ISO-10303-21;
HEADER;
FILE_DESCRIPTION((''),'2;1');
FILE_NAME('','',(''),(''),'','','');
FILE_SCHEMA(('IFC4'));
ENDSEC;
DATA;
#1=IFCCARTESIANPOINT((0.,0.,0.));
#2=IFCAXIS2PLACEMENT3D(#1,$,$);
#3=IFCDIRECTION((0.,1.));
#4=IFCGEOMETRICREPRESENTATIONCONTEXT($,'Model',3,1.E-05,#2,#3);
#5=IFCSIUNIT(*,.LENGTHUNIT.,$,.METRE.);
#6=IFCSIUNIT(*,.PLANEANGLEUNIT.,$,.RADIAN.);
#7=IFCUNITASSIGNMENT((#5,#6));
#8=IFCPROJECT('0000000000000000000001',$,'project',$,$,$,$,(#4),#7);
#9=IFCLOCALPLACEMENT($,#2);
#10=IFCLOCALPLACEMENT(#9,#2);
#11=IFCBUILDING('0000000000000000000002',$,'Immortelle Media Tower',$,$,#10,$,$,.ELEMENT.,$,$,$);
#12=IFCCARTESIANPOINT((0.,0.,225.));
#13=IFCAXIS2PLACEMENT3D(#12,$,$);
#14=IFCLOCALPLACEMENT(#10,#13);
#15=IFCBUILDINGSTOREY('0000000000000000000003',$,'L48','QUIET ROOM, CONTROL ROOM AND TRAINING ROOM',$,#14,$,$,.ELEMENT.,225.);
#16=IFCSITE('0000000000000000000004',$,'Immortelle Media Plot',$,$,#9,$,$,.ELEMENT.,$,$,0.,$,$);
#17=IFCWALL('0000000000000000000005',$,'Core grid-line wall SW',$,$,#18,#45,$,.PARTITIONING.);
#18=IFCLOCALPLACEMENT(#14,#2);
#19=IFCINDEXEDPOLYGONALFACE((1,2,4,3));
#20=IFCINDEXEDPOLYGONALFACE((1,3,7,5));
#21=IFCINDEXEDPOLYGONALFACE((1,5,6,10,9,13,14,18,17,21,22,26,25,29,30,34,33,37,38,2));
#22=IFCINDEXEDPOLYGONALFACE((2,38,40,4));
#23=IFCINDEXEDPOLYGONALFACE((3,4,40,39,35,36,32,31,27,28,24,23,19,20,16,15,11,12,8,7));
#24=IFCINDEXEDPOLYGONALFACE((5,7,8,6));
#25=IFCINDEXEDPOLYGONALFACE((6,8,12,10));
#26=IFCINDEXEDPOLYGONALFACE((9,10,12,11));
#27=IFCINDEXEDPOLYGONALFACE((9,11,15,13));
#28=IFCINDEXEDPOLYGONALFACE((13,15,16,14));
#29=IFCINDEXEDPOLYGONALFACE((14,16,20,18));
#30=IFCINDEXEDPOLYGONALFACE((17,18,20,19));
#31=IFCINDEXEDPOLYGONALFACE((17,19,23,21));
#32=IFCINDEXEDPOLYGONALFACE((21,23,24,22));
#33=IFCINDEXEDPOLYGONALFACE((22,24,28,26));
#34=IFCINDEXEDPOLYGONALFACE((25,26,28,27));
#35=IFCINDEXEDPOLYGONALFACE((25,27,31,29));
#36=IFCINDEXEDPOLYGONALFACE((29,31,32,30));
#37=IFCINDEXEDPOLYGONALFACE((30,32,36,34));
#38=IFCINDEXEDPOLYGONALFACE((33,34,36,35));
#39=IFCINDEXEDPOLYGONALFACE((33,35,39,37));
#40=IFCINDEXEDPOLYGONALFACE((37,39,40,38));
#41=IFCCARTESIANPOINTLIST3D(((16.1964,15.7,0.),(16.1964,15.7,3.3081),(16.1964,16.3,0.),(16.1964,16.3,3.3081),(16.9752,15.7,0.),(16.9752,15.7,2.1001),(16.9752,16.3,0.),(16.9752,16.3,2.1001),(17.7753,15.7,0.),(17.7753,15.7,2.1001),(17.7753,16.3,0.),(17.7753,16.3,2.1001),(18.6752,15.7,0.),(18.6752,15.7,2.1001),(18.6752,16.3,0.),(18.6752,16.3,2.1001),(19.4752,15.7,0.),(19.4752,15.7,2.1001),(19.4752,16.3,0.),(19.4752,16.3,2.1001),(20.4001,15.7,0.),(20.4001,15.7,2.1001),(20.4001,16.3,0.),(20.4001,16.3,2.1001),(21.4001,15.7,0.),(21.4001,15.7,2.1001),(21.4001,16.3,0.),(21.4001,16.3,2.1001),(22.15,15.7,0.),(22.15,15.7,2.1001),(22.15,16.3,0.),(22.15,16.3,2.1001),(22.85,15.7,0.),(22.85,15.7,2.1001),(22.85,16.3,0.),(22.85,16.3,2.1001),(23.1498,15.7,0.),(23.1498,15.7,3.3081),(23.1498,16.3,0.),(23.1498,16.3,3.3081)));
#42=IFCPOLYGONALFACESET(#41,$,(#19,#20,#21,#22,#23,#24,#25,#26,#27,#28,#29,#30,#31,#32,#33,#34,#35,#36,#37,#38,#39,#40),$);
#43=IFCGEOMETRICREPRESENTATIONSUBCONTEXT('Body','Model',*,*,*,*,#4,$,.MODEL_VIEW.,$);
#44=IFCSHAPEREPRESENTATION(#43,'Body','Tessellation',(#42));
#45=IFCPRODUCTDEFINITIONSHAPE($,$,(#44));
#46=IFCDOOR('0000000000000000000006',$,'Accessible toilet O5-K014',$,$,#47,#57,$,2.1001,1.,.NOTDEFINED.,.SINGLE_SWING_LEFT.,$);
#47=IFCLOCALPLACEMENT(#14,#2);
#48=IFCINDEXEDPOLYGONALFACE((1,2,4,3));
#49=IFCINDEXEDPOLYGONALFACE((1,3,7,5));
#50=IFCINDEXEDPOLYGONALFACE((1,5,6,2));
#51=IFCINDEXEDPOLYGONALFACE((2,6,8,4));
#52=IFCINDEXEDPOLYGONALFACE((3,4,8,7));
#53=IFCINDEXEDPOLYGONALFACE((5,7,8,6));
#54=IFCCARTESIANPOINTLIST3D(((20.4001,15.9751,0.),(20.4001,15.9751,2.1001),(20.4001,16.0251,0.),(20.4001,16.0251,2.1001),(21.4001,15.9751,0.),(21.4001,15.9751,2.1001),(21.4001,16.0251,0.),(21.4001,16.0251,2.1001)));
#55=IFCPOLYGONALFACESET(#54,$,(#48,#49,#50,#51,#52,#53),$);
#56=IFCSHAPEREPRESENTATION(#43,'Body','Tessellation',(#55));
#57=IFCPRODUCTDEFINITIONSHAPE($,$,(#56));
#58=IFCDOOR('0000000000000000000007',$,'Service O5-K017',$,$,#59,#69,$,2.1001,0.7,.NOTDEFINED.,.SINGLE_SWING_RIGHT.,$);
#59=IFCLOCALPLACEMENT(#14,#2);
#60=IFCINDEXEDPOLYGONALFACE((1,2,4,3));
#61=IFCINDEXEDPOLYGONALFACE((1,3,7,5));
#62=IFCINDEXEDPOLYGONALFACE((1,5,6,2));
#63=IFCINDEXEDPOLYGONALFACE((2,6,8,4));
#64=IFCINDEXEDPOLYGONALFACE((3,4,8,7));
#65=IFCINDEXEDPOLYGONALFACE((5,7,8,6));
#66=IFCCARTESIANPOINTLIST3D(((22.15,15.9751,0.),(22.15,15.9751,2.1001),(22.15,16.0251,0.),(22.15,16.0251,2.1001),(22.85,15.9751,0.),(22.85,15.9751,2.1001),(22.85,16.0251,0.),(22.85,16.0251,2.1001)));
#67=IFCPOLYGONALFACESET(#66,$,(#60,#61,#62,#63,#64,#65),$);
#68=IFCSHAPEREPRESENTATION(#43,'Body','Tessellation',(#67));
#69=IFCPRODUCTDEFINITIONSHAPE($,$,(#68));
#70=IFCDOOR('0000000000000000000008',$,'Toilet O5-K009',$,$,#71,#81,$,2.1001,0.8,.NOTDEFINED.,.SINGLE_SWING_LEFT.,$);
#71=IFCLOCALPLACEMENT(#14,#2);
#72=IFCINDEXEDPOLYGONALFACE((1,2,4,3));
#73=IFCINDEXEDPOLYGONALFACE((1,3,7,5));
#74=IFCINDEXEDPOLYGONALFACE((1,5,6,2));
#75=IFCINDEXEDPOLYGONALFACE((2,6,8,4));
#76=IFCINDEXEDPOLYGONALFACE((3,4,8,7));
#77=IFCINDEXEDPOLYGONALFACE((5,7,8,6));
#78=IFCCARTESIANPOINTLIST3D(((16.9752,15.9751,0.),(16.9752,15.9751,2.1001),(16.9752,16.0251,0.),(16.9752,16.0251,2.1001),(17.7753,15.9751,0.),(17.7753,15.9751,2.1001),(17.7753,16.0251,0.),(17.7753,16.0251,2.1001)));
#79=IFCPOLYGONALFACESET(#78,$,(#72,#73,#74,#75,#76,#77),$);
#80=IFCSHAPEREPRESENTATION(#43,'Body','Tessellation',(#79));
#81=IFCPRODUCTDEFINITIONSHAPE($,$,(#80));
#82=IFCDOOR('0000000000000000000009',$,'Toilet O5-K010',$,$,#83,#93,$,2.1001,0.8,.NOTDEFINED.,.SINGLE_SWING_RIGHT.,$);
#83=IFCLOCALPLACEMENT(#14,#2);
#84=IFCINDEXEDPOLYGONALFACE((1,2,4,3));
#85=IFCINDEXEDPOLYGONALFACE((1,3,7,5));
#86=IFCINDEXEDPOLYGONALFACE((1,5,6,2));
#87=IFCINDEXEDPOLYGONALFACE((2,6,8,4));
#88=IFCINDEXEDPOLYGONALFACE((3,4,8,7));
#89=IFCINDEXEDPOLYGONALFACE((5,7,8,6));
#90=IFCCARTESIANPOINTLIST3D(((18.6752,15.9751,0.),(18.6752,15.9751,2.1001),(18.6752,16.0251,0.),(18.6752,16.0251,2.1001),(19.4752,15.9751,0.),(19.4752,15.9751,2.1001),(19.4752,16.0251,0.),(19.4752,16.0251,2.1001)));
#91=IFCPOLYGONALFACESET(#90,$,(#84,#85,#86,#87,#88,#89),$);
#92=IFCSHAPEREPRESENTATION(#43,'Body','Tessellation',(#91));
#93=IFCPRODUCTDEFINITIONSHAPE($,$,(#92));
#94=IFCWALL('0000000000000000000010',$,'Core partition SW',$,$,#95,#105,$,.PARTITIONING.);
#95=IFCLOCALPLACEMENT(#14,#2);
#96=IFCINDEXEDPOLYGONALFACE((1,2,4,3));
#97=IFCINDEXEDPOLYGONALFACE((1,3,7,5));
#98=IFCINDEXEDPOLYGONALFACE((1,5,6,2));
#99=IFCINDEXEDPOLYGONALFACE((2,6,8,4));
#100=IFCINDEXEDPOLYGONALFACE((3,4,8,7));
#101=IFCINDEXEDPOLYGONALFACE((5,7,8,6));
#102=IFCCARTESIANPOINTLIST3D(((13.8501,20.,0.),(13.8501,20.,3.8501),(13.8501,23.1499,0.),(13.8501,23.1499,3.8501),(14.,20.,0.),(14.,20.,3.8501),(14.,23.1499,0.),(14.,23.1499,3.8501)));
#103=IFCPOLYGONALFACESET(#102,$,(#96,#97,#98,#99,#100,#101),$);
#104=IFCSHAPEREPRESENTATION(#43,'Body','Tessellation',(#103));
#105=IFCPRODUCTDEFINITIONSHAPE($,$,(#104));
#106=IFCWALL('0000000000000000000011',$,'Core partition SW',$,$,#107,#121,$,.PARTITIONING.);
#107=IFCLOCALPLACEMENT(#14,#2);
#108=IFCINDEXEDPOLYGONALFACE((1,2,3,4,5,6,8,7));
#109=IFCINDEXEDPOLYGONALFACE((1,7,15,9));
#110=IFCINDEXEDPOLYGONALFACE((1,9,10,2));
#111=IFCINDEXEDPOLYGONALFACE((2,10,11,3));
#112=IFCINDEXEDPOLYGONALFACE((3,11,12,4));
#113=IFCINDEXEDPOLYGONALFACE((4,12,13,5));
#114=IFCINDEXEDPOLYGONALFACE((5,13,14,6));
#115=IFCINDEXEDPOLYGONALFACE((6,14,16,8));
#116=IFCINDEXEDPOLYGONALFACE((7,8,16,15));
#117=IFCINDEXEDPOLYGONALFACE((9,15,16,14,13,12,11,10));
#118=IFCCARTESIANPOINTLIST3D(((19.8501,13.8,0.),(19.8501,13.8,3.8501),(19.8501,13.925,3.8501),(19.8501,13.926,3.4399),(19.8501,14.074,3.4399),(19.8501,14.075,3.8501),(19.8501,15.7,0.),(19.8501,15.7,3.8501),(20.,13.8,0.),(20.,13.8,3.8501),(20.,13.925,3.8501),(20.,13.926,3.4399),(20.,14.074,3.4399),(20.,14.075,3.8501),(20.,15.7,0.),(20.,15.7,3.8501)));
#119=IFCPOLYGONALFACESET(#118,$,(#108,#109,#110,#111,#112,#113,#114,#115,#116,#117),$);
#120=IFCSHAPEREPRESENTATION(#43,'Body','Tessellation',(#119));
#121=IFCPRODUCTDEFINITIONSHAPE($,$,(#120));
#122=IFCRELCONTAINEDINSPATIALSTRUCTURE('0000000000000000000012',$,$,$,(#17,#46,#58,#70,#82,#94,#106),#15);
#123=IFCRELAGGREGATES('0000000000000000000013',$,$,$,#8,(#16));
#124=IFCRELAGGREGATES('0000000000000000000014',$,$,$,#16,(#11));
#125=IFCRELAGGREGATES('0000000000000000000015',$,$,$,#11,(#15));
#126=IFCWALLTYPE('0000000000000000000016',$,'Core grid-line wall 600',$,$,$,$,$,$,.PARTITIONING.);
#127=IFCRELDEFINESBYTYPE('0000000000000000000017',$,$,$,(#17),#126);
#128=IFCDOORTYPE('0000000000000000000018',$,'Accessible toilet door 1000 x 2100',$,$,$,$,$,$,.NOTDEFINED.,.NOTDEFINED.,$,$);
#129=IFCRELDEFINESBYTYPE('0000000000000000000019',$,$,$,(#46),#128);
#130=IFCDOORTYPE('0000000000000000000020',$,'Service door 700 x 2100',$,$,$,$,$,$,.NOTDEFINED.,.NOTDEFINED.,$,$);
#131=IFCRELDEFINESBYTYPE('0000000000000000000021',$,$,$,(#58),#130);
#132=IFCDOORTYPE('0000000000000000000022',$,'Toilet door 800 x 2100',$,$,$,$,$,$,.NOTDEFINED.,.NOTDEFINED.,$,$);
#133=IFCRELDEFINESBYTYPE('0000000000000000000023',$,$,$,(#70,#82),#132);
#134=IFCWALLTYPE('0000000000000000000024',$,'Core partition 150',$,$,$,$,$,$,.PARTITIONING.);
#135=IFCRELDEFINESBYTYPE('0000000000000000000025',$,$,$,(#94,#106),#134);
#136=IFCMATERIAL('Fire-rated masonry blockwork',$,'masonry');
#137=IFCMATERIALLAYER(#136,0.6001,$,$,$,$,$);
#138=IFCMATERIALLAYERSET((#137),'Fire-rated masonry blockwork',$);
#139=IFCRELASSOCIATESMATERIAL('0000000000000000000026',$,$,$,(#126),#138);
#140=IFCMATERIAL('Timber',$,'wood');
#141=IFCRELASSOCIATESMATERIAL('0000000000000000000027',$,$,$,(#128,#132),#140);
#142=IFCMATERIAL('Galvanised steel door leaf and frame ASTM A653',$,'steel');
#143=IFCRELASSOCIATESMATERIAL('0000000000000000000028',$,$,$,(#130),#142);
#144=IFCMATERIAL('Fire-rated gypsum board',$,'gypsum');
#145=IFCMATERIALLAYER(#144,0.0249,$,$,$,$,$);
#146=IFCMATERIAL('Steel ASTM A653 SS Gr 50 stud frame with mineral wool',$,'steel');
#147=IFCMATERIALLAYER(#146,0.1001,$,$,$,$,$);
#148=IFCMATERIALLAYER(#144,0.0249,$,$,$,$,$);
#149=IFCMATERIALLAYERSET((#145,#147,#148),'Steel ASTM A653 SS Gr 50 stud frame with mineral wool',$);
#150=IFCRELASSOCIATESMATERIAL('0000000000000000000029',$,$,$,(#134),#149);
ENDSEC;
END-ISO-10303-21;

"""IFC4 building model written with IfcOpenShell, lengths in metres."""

from ifc_helpers import new_model, si_unit, direction, frame, frame_2d, origin, place, context, subcontext, project, spatial, polyline, rectangle, outline, extrude, material, layer, layer_set, type_object, element, fill, save


model = new_model("IFC4")

# Units and contexts
model_context = context("Model", 3, precision=1e-05, world=origin(), true_north=direction((0.0, 1.0)))
body_context = subcontext(model_context, "Body", "Model", "MODEL_VIEW")
ifc_project = project(units=[si_unit("LENGTHUNIT", "METRE"), si_unit("PLANEANGLEUNIT", "RADIAN")], contexts=[model_context])

# Site, building, storey
site_placement = place(None, origin())
site = spatial("IfcSite", under=ifc_project, at=site_placement, Name="Immortelle Media Plot", CompositionType="ELEMENT", RefElevation=0.0)
building_placement = place(site_placement, origin())
building = spatial("IfcBuilding", under=site, at=building_placement, Name="Immortelle Media Tower", CompositionType="ELEMENT")
storey_placement = place(building_placement, frame((0.0, 0.0, 225.0)))
storey = spatial("IfcBuildingStorey", under=building, at=storey_placement, Name="L48", Description="QUIET ROOM, CONTROL ROOM AND TRAINING ROOM", CompositionType="ELEMENT", Elevation=225.0)

# Wall, openings, doors
ifc_material_1 = material(Name="Fire-rated masonry blockwork", Category="masonry")
ifc_layer_1 = layer(ifc_material_1, 0.6001)
ifc_layer_set_1 = layer_set([ifc_layer_1], Name="Fire-rated masonry blockwork")
wall_type_1 = type_object("IfcWallType", Name="Core grid-line wall 600", PredefinedType="PARTITIONING", material=ifc_layer_set_1)
wall_1_placement = place(storey_placement, frame((16.1965, 16.0, 0.0), z_axis=(0.0, 0.0, 1.0), x_axis=(1.0, 0.0, 0.0)))
wall_1 = element("IfcWall", 1, at=wall_1_placement, inside=storey, type_object=wall_type_1, Name="Core grid-line wall SW", PredefinedType="PARTITIONING", context=body_context, shape_type="SweptSolid", body=[
    extrude(rectangle(XDim=6.9534, YDim=0.6001, at=frame_2d((3.4766, 0.0))), origin(), (0.0, 0.0, 1.0), 3.3081),
])
opening_1_placement = place(wall_1_placement, frame((1.5786, 0.0, 0.0), z_axis=(0.0, 0.0, 1.0), x_axis=(-1.0, 0.0, 0.0)))
opening_1 = element("IfcOpeningElement", 2, at=opening_1_placement, cuts=wall_1, PredefinedType="OPENING", context=body_context, shape_type="SweptSolid", body=[
    extrude(rectangle(XDim=0.8, YDim=2.1001, at=frame_2d((0.3999, 1.05))), frame((0.0, 0.3101, 0.0), z_axis=(0.0, -1.0, 0.0), x_axis=(1.0, 0.0, 0.0)), (0.0, 0.0, 1.0), 0.6201),
])
opening_2_placement = place(wall_1_placement, frame((3.2786, 0.0, 0.0), z_axis=(0.0, 0.0, 1.0), x_axis=(-1.0, 0.0, 0.0)))
opening_2 = element("IfcOpeningElement", 3, at=opening_2_placement, cuts=wall_1, PredefinedType="OPENING", context=body_context, shape_type="SweptSolid", body=[
    extrude(rectangle(XDim=0.8, YDim=2.1001, at=frame_2d((0.3999, 1.05))), frame((0.0, 0.3101, 0.0), z_axis=(0.0, -1.0, 0.0), x_axis=(1.0, 0.0, 0.0)), (0.0, 0.0, 1.0), 0.6201),
])
opening_3_placement = place(wall_1_placement, frame((5.2036, 0.0, 0.0), z_axis=(0.0, 0.0, 1.0), x_axis=(-1.0, 0.0, 0.0)))
opening_3 = element("IfcOpeningElement", 4, at=opening_3_placement, cuts=wall_1, PredefinedType="OPENING", context=body_context, shape_type="SweptSolid", body=[
    extrude(rectangle(XDim=1.0, YDim=2.1001, at=frame_2d((0.5, 1.05))), frame((0.0, 0.3101, 0.0), z_axis=(0.0, -1.0, 0.0), x_axis=(1.0, 0.0, 0.0)), (0.0, 0.0, 1.0), 0.6201),
])
opening_4_placement = place(wall_1_placement, frame((6.6536, 0.0, 0.0), z_axis=(0.0, 0.0, 1.0), x_axis=(-1.0, 0.0, 0.0)))
opening_4 = element("IfcOpeningElement", 5, at=opening_4_placement, cuts=wall_1, PredefinedType="OPENING", context=body_context, shape_type="SweptSolid", body=[
    extrude(rectangle(XDim=0.7, YDim=2.1001, at=frame_2d((0.3501, 1.05))), frame((0.0, 0.3101, 0.0), z_axis=(0.0, -1.0, 0.0), x_axis=(1.0, 0.0, 0.0)), (0.0, 0.0, 1.0), 0.6201),
])
ifc_material_2 = material(Name="Timber", Category="wood")
door_type_1 = type_object("IfcDoorType", Name="Accessible toilet door 1000 x 2100", OperationType="NOTDEFINED", PredefinedType="NOTDEFINED", material=ifc_material_2)
door_1_placement = place(opening_3_placement, origin())
door_1 = element("IfcDoor", 6, at=door_1_placement, inside=storey, type_object=door_type_1, Name="Accessible toilet O5-K014", OperationType="SINGLE_SWING_LEFT", OverallHeight=2.1001, OverallWidth=1.0, PredefinedType="NOTDEFINED", context=body_context, shape_type="SweptSolid", body=[
    extrude(rectangle(XDim=1.0, YDim=2.1001, at=frame_2d((0.5, 1.05))), frame((0.0, 0.0249, 0.0), z_axis=(0.0, -1.0, 0.0), x_axis=(1.0, 0.0, 0.0)), (0.0, 0.0, 1.0), 0.05),
])
fill(opening_3, door_1)
ifc_material_3 = material(Name="Galvanised steel door leaf and frame ASTM A653", Category="steel")
door_type_2 = type_object("IfcDoorType", Name="Service door 700 x 2100", OperationType="NOTDEFINED", PredefinedType="NOTDEFINED", material=ifc_material_3)
door_2_placement = place(opening_4_placement, origin())
door_2 = element("IfcDoor", 7, at=door_2_placement, inside=storey, type_object=door_type_2, Name="Service O5-K017", OperationType="SINGLE_SWING_RIGHT", OverallHeight=2.1001, OverallWidth=0.7, PredefinedType="NOTDEFINED", context=body_context, shape_type="SweptSolid", body=[
    extrude(rectangle(XDim=0.7, YDim=2.1001, at=frame_2d((0.3501, 1.05))), frame((0.0, 0.0249, 0.0), z_axis=(0.0, -1.0, 0.0), x_axis=(1.0, 0.0, 0.0)), (0.0, 0.0, 1.0), 0.05),
])
fill(opening_4, door_2)
door_type_3 = type_object("IfcDoorType", Name="Toilet door 800 x 2100", OperationType="NOTDEFINED", PredefinedType="NOTDEFINED", material=ifc_material_2)
door_3_placement = place(opening_1_placement, origin())
door_3 = element("IfcDoor", 8, at=door_3_placement, inside=storey, type_object=door_type_3, Name="Toilet O5-K009", OperationType="SINGLE_SWING_LEFT", OverallHeight=2.1001, OverallWidth=0.8, PredefinedType="NOTDEFINED", context=body_context, shape_type="SweptSolid", body=[
    extrude(rectangle(XDim=0.8, YDim=2.1001, at=frame_2d((0.3999, 1.05))), frame((0.0, 0.0249, 0.0), z_axis=(0.0, -1.0, 0.0), x_axis=(1.0, 0.0, 0.0)), (0.0, 0.0, 1.0), 0.05),
])
fill(opening_1, door_3)
door_4_placement = place(opening_2_placement, origin())
door_4 = element("IfcDoor", 9, at=door_4_placement, inside=storey, type_object=door_type_3, Name="Toilet O5-K010", OperationType="SINGLE_SWING_RIGHT", OverallHeight=2.1001, OverallWidth=0.8, PredefinedType="NOTDEFINED", context=body_context, shape_type="SweptSolid", body=[
    extrude(rectangle(XDim=0.8, YDim=2.1001, at=frame_2d((0.3999, 1.05))), frame((0.0, 0.0249, 0.0), z_axis=(0.0, -1.0, 0.0), x_axis=(1.0, 0.0, 0.0)), (0.0, 0.0, 1.0), 0.05),
])
fill(opening_2, door_4)

# Walls
ifc_material_4 = material(Name="Fire-rated gypsum board", Category="gypsum")
ifc_layer_2 = layer(ifc_material_4, 0.0249)
ifc_material_5 = material(Name="Steel ASTM A653 SS Gr 50 stud frame with mineral wool", Category="steel")
ifc_layer_3 = layer(ifc_material_5, 0.1001)
ifc_layer_4 = layer(ifc_material_4, 0.0249)
ifc_layer_set_2 = layer_set([ifc_layer_2, ifc_layer_3, ifc_layer_4], Name="Steel ASTM A653 SS Gr 50 stud frame with mineral wool")
wall_type_2 = type_object("IfcWallType", Name="Core partition 150", PredefinedType="PARTITIONING", material=ifc_layer_set_2)
wall_2_placement = place(storey_placement, frame((13.925, 20.0, 0.0), z_axis=(0.0, 0.0, 1.0), x_axis=(0.0, 1.0, 0.0)))
element("IfcWall", 10, at=wall_2_placement, inside=storey, type_object=wall_type_2, Name="Core partition SW", PredefinedType="PARTITIONING", context=body_context, shape_type="SweptSolid", body=[
    extrude(rectangle(XDim=3.1499, YDim=0.1499, at=frame_2d((1.575, 0.0))), origin(), (0.0, 0.0, 1.0), 3.8501),
])
wall_3_placement = place(storey_placement, frame((19.925, 13.8, 0.0), z_axis=(0.0, 0.0, 1.0), x_axis=(0.0, 1.0, 0.0)))
element("IfcWall", 11, at=wall_3_placement, inside=storey, type_object=wall_type_2, Name="Core partition SW", PredefinedType="PARTITIONING", context=body_context, shape_type="SweptSolid", body=[
    extrude(outline(polyline([(0.0, 0.0), (1.8999, 0.0), (1.8999, 3.8501), (0.2749, 3.8501), (0.2739, 3.4399), (0.126, 3.4399), (0.125, 3.8501), (0.0, 3.8501), (0.0, 0.0)])), frame((0.0, 0.075, 0.0), z_axis=(0.0, -1.0, 0.0), x_axis=(1.0, 0.0, 0.0)), (0.0, 0.0, 1.0), 0.1499),
])

save(model, "model.ifc")
